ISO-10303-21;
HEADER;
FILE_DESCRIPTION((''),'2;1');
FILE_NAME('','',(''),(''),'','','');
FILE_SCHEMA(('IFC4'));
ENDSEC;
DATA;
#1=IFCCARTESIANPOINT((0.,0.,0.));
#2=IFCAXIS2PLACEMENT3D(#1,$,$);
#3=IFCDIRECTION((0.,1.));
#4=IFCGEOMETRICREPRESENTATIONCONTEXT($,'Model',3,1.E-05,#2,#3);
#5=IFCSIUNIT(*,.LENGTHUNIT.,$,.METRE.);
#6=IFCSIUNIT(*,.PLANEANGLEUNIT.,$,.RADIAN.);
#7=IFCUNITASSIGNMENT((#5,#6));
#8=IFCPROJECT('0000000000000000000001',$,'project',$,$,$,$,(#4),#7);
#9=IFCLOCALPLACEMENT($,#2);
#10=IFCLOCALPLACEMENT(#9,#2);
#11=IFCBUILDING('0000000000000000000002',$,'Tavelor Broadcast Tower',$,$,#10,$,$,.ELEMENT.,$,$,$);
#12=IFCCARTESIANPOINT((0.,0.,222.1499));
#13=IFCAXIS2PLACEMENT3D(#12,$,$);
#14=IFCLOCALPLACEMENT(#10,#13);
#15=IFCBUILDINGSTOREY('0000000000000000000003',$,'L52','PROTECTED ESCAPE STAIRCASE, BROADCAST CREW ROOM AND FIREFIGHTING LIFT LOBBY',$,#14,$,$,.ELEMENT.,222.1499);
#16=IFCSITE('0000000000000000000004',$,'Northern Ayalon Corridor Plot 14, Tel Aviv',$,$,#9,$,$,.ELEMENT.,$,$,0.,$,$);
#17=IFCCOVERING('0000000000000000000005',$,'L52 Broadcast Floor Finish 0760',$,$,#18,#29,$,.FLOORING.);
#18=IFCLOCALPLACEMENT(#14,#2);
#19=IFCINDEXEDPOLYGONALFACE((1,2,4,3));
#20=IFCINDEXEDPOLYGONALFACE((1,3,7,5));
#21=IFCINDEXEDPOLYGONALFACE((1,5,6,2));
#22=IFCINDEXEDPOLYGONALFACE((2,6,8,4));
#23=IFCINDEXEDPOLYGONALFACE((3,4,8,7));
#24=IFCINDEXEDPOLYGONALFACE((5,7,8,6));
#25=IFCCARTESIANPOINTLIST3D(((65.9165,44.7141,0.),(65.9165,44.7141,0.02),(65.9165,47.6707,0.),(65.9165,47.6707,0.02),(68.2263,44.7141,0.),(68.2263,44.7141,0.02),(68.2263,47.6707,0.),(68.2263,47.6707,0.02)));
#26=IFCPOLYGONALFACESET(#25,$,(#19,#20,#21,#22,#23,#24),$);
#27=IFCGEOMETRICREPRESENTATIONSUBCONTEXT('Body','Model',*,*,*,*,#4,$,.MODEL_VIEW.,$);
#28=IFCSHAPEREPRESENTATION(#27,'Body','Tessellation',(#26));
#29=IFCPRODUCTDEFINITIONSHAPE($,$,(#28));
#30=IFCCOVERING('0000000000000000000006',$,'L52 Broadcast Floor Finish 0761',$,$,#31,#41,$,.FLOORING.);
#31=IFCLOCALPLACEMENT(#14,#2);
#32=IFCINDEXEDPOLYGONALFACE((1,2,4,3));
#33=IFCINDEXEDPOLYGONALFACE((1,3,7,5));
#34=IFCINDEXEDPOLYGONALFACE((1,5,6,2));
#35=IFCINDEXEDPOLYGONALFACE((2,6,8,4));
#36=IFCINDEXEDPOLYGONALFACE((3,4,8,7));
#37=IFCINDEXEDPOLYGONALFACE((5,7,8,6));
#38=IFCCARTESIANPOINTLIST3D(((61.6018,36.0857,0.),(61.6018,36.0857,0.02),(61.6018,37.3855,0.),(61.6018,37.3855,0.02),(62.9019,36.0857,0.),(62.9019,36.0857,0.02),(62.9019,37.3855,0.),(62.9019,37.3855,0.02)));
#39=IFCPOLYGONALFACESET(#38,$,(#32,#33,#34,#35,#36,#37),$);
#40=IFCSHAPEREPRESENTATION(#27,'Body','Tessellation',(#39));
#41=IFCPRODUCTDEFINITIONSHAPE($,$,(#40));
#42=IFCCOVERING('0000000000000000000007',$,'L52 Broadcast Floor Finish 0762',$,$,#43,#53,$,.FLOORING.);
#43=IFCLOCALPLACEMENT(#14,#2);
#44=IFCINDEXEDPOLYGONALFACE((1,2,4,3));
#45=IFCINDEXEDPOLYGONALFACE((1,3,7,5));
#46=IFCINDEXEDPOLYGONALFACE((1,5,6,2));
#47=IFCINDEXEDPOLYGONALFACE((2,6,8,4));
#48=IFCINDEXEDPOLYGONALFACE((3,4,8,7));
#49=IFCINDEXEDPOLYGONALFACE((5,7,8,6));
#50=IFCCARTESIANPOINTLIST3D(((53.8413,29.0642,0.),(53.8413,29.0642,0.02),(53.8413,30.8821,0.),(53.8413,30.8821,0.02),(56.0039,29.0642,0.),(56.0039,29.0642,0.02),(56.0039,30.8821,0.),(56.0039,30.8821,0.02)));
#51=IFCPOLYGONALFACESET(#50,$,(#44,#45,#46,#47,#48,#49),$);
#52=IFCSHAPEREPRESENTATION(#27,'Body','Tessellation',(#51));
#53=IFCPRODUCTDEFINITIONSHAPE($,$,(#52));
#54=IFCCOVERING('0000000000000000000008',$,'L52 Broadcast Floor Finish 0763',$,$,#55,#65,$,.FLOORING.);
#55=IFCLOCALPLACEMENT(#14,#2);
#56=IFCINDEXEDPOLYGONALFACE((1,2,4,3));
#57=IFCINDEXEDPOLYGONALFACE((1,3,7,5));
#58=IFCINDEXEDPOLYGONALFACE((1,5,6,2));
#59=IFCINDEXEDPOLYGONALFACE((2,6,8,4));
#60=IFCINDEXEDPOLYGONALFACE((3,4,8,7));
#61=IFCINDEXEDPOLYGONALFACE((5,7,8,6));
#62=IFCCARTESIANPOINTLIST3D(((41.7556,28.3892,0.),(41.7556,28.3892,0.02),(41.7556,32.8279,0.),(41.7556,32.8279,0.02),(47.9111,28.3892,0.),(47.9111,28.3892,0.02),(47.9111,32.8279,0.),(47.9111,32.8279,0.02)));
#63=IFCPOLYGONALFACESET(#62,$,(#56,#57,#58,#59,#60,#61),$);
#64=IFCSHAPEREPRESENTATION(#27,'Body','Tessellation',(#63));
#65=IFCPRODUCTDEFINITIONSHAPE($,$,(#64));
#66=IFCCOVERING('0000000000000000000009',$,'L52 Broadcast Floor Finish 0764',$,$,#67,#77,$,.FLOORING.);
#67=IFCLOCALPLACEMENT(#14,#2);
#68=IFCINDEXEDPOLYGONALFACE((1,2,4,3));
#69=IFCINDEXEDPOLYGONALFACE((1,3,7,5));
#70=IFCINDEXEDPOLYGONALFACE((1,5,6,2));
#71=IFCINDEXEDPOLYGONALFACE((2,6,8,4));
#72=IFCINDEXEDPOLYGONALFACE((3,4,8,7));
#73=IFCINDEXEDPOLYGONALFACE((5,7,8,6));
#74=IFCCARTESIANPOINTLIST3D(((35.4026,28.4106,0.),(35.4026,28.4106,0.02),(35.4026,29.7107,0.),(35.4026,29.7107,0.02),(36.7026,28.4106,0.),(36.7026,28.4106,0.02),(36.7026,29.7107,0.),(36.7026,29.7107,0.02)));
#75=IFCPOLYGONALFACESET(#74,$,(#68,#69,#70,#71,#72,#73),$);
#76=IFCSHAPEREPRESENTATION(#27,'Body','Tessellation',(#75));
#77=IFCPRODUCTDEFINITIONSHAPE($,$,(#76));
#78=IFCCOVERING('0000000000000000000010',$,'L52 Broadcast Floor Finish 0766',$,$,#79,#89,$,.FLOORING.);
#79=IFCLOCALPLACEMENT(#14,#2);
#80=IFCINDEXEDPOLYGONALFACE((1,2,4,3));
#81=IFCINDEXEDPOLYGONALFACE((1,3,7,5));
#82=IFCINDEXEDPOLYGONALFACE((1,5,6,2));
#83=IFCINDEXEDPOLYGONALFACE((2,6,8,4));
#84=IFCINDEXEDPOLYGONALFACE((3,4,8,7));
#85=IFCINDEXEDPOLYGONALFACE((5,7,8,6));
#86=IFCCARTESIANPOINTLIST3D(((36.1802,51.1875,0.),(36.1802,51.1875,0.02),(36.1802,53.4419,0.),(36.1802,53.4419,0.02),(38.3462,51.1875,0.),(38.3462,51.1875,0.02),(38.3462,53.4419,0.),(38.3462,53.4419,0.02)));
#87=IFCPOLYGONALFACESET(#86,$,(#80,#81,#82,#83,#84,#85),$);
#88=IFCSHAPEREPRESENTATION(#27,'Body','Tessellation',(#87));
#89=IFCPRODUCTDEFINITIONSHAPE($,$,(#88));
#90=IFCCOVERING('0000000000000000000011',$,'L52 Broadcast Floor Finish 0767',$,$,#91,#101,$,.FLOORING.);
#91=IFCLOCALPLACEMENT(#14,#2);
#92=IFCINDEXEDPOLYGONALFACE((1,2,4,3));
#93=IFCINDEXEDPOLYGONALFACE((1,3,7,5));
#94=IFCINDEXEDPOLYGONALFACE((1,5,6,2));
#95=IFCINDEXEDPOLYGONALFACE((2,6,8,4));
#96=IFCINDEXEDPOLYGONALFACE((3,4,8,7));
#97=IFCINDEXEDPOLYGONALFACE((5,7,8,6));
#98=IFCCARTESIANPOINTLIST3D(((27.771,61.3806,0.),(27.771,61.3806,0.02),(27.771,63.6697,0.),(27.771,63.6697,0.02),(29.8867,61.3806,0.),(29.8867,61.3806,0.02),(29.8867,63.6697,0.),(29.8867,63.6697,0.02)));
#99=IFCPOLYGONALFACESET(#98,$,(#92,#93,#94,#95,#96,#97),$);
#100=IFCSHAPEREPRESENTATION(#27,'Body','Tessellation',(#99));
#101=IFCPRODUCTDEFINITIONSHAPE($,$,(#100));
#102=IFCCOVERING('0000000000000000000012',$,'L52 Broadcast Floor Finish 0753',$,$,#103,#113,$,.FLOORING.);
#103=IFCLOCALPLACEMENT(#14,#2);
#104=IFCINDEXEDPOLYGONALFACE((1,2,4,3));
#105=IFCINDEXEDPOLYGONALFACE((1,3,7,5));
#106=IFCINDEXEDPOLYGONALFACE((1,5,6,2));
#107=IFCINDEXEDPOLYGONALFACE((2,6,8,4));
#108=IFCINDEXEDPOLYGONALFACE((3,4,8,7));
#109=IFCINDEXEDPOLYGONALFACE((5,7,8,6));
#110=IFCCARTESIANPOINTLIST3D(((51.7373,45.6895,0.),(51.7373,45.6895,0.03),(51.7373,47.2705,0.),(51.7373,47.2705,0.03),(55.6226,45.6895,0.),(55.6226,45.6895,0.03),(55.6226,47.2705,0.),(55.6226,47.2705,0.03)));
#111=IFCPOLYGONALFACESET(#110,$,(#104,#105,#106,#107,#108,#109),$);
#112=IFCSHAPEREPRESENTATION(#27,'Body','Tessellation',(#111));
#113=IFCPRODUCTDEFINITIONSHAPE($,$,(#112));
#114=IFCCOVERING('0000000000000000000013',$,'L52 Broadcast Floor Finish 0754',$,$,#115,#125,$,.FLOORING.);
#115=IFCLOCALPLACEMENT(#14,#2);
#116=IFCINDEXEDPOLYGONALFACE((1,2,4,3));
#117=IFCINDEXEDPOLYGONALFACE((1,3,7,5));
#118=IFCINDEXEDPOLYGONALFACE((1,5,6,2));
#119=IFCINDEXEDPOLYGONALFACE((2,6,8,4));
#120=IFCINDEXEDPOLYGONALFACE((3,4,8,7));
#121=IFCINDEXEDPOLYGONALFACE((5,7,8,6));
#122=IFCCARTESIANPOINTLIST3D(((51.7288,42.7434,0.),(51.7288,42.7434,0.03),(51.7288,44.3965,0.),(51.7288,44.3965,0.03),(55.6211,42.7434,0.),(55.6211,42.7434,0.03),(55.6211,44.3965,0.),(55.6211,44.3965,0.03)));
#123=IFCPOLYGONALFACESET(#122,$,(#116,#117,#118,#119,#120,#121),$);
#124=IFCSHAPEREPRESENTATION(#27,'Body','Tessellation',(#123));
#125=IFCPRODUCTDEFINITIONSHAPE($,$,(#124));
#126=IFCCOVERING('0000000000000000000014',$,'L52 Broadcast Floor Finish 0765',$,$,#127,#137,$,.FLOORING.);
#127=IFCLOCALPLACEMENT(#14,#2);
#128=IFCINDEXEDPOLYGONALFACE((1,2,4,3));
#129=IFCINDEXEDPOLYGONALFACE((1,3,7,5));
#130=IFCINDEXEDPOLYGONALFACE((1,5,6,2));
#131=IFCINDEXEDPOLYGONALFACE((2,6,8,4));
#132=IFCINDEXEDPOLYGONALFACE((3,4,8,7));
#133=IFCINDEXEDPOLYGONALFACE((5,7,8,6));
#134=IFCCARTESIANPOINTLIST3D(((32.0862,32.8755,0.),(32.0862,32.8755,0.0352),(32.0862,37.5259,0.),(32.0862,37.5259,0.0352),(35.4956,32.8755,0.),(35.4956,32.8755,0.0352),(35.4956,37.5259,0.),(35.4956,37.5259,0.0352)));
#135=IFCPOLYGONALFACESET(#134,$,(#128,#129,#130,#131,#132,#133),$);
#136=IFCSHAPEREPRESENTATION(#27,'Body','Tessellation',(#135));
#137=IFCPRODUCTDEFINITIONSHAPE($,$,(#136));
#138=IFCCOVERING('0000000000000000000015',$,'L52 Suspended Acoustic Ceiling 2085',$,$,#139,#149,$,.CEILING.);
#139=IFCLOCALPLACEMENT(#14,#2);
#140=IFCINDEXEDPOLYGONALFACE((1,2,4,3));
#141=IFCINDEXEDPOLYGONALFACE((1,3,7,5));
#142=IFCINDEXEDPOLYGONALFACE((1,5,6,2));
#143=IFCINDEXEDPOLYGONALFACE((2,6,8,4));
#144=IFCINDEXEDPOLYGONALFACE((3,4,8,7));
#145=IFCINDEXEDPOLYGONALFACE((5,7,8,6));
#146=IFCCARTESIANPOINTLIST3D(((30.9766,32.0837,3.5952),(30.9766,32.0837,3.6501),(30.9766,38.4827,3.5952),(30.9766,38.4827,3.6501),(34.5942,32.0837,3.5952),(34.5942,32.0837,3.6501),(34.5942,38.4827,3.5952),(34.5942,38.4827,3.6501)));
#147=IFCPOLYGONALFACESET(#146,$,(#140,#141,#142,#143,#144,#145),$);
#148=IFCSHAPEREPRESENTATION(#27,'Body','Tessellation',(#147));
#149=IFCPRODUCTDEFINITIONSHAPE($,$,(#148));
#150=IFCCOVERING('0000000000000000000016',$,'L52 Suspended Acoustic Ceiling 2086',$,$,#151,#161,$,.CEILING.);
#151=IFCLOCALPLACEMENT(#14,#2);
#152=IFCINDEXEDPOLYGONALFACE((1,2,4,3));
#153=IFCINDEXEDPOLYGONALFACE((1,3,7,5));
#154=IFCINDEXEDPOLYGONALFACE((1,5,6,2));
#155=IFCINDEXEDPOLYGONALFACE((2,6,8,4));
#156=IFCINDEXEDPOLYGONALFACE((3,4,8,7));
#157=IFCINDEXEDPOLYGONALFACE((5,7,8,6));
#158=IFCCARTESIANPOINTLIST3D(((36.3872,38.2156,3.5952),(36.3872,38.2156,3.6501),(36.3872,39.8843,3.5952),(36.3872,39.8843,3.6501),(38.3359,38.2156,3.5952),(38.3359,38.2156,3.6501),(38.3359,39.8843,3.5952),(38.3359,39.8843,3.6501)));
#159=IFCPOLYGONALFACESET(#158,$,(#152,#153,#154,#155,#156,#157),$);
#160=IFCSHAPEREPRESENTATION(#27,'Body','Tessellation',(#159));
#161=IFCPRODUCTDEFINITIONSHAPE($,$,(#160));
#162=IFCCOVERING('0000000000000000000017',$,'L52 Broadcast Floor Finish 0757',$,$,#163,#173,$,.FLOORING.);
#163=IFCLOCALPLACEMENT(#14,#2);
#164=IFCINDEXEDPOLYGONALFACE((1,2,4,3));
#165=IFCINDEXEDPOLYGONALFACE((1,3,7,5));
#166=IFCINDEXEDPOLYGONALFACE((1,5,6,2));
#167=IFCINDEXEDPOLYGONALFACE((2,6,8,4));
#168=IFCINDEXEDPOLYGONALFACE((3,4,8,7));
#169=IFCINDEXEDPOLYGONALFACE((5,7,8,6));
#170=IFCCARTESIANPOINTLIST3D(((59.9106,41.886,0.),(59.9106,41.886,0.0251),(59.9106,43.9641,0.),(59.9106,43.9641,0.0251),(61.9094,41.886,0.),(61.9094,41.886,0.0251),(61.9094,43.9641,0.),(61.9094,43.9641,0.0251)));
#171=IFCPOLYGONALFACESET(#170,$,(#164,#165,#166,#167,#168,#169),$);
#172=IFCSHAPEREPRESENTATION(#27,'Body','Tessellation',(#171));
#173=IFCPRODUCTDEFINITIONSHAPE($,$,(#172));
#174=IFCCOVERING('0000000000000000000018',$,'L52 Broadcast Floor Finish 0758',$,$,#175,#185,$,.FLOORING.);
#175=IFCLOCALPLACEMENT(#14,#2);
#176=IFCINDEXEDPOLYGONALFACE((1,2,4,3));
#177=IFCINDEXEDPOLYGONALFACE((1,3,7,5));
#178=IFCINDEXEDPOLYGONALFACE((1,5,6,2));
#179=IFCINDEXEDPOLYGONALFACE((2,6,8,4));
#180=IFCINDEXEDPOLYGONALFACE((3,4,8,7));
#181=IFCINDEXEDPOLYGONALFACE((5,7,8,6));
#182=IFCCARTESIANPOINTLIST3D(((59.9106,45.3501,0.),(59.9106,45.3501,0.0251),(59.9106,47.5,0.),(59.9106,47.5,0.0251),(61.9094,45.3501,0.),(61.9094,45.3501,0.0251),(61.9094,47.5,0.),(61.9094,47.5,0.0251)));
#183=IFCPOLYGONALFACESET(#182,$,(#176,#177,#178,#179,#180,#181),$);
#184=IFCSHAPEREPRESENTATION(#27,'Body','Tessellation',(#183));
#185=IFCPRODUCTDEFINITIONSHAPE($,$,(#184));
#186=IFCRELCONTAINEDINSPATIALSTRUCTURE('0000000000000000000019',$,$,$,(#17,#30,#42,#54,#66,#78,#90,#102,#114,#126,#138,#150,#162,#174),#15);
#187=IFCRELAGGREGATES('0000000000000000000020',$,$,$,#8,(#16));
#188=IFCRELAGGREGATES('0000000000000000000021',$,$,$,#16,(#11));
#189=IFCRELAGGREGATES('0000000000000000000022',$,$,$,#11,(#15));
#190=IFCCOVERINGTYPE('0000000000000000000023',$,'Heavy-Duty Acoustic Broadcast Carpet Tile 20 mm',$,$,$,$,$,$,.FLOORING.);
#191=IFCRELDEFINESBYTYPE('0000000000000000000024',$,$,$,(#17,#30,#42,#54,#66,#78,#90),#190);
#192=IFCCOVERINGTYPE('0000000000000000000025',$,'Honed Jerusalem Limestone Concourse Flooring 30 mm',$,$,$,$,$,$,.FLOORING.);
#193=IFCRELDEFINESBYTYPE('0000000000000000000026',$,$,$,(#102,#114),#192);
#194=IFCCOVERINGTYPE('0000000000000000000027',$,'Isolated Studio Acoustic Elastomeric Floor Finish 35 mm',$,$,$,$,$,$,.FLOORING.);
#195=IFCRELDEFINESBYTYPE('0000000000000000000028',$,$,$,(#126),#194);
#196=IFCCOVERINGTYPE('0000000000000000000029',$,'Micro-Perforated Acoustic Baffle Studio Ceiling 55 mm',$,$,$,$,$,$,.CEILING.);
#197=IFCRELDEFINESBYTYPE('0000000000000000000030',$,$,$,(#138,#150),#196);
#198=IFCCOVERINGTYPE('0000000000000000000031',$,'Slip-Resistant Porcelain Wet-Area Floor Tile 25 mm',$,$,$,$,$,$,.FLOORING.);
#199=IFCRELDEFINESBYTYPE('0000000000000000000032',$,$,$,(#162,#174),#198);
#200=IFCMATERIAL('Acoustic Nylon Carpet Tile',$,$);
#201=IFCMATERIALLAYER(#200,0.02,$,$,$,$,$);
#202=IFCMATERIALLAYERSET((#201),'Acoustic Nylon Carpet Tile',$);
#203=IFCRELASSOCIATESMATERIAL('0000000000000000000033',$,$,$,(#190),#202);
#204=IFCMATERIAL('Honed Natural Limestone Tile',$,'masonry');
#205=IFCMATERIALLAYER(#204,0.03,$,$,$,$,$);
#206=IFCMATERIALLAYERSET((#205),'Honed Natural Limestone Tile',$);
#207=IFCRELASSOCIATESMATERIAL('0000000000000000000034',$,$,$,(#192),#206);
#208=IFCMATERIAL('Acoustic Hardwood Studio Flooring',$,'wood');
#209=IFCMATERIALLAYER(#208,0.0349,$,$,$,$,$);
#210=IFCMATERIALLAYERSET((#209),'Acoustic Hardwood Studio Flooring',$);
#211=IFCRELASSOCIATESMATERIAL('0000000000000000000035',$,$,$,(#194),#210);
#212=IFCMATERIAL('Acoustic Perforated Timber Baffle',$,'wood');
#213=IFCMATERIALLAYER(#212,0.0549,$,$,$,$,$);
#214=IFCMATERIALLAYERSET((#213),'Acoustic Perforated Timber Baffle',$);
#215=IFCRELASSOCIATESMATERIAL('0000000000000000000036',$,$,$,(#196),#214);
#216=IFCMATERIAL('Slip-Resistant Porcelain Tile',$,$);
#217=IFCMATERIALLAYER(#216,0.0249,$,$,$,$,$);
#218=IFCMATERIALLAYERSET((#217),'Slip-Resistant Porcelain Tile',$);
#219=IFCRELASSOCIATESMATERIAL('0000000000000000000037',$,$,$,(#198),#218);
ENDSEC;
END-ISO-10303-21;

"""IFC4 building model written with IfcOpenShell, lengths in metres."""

from ifc_helpers import new_model, si_unit, direction, frame, origin, place, context, subcontext, project, spatial, polyline, outline, extrude, material, layer, layer_set, type_object, element, save


model = new_model("IFC4")

# Units and contexts
model_context = context("Model", 3, precision=1e-05, world=origin(), true_north=direction((0.0, 1.0)))
body_context = subcontext(model_context, "Body", "Model", "MODEL_VIEW")
ifc_project = project(units=[si_unit("LENGTHUNIT", "METRE"), si_unit("PLANEANGLEUNIT", "RADIAN")], contexts=[model_context])

# Site, building, storey
site_placement = place(None, origin())
site = spatial("IfcSite", under=ifc_project, at=site_placement, Name="Northern Ayalon Corridor Plot 14, Tel Aviv", CompositionType="ELEMENT", RefElevation=0.0)
building_placement = place(site_placement, origin())
building = spatial("IfcBuilding", under=site, at=building_placement, Name="Tavelor Broadcast Tower", CompositionType="ELEMENT")
storey_placement = place(building_placement, frame((0.0, 0.0, 222.1499)))
storey = spatial("IfcBuildingStorey", under=building, at=storey_placement, Name="L52", Description="PROTECTED ESCAPE STAIRCASE, BROADCAST CREW ROOM AND FIREFIGHTING LIFT LOBBY", CompositionType="ELEMENT", Elevation=222.1499)

# Coverings
ifc_material_1 = material(Name="Acoustic Nylon Carpet Tile")
ifc_layer_1 = layer(ifc_material_1, 0.02)
ifc_layer_set_1 = layer_set([ifc_layer_1], Name="Acoustic Nylon Carpet Tile")
covering_type_1 = type_object("IfcCoveringType", Name="Heavy-Duty Acoustic Broadcast Carpet Tile 20 mm", PredefinedType="FLOORING", material=ifc_layer_set_1)
covering_1_placement = place(storey_placement, origin())
element("IfcCovering", 1, at=covering_1_placement, inside=storey, type_object=covering_type_1, Name="L52 Broadcast Floor Finish 0760", PredefinedType="FLOORING", context=body_context, shape_type="SweptSolid", body=[
    extrude(outline(polyline([(65.9165, 44.7141), (68.2263, 44.7141), (68.2263, 47.6707), (65.9165, 47.6707), (65.9165, 44.7141)])), origin(), (0.0, 0.0, 1.0), 0.02),
])
covering_2_placement = place(storey_placement, origin())
element("IfcCovering", 2, at=covering_2_placement, inside=storey, type_object=covering_type_1, Name="L52 Broadcast Floor Finish 0761", PredefinedType="FLOORING", context=body_context, shape_type="SweptSolid", body=[
    extrude(outline(polyline([(61.6018, 36.0857), (62.9019, 36.0857), (62.9019, 37.3855), (61.6018, 37.3855), (61.6018, 36.0857)])), origin(), (0.0, 0.0, 1.0), 0.02),
])
covering_3_placement = place(storey_placement, origin())
element("IfcCovering", 3, at=covering_3_placement, inside=storey, type_object=covering_type_1, Name="L52 Broadcast Floor Finish 0762", PredefinedType="FLOORING", context=body_context, shape_type="SweptSolid", body=[
    extrude(outline(polyline([(53.8413, 29.0642), (56.0039, 29.0642), (56.0039, 30.8821), (53.8413, 30.8821), (53.8413, 29.0642)])), origin(), (0.0, 0.0, 1.0), 0.02),
])
covering_4_placement = place(storey_placement, origin())
element("IfcCovering", 4, at=covering_4_placement, inside=storey, type_object=covering_type_1, Name="L52 Broadcast Floor Finish 0763", PredefinedType="FLOORING", context=body_context, shape_type="SweptSolid", body=[
    extrude(outline(polyline([(41.7556, 28.3892), (47.9111, 28.3892), (47.9111, 32.8279), (41.7556, 32.8279), (41.7556, 28.3892)])), origin(), (0.0, 0.0, 1.0), 0.02),
])
covering_5_placement = place(storey_placement, origin())
element("IfcCovering", 5, at=covering_5_placement, inside=storey, type_object=covering_type_1, Name="L52 Broadcast Floor Finish 0764", PredefinedType="FLOORING", context=body_context, shape_type="SweptSolid", body=[
    extrude(outline(polyline([(35.4026, 28.4106), (36.7026, 28.4106), (36.7026, 29.7107), (35.4026, 29.7107), (35.4026, 28.4106)])), origin(), (0.0, 0.0, 1.0), 0.02),
])
covering_6_placement = place(storey_placement, origin())
element("IfcCovering", 6, at=covering_6_placement, inside=storey, type_object=covering_type_1, Name="L52 Broadcast Floor Finish 0766", PredefinedType="FLOORING", context=body_context, shape_type="SweptSolid", body=[
    extrude(outline(polyline([(36.1802, 51.1875), (38.3462, 51.1875), (38.3462, 53.4419), (36.1802, 53.4419), (36.1802, 51.1875)])), origin(), (0.0, 0.0, 1.0), 0.02),
])
covering_7_placement = place(storey_placement, origin())
element("IfcCovering", 7, at=covering_7_placement, inside=storey, type_object=covering_type_1, Name="L52 Broadcast Floor Finish 0767", PredefinedType="FLOORING", context=body_context, shape_type="SweptSolid", body=[
    extrude(outline(polyline([(27.771, 61.3806), (29.8867, 61.3806), (29.8867, 63.6697), (27.771, 63.6697), (27.771, 61.3806)])), origin(), (0.0, 0.0, 1.0), 0.02),
])
ifc_material_2 = material(Name="Honed Natural Limestone Tile", Category="masonry")
ifc_layer_2 = layer(ifc_material_2, 0.03)
ifc_layer_set_2 = layer_set([ifc_layer_2], Name="Honed Natural Limestone Tile")
covering_type_2 = type_object("IfcCoveringType", Name="Honed Jerusalem Limestone Concourse Flooring 30 mm", PredefinedType="FLOORING", material=ifc_layer_set_2)
covering_8_placement = place(storey_placement, origin())
element("IfcCovering", 8, at=covering_8_placement, inside=storey, type_object=covering_type_2, Name="L52 Broadcast Floor Finish 0753", PredefinedType="FLOORING", context=body_context, shape_type="SweptSolid", body=[
    extrude(outline(polyline([(51.7373, 45.6895), (55.6226, 45.6895), (55.6226, 47.2705), (51.7373, 47.2705), (51.7373, 45.6895)])), origin(), (0.0, 0.0, 1.0), 0.03),
])
covering_9_placement = place(storey_placement, origin())
element("IfcCovering", 9, at=covering_9_placement, inside=storey, type_object=covering_type_2, Name="L52 Broadcast Floor Finish 0754", PredefinedType="FLOORING", context=body_context, shape_type="SweptSolid", body=[
    extrude(outline(polyline([(51.7288, 42.7434), (55.6211, 42.7434), (55.6211, 44.3965), (51.7288, 44.3965), (51.7288, 42.7434)])), origin(), (0.0, 0.0, 1.0), 0.03),
])
ifc_material_3 = material(Name="Acoustic Hardwood Studio Flooring", Category="wood")
ifc_layer_3 = layer(ifc_material_3, 0.0349)
ifc_layer_set_3 = layer_set([ifc_layer_3], Name="Acoustic Hardwood Studio Flooring")
covering_type_3 = type_object("IfcCoveringType", Name="Isolated Studio Acoustic Elastomeric Floor Finish 35 mm", PredefinedType="FLOORING", material=ifc_layer_set_3)
covering_10_placement = place(storey_placement, origin())
element("IfcCovering", 10, at=covering_10_placement, inside=storey, type_object=covering_type_3, Name="L52 Broadcast Floor Finish 0765", PredefinedType="FLOORING", context=body_context, shape_type="SweptSolid", body=[
    extrude(outline(polyline([(32.0862, 32.8755), (35.4956, 32.8755), (35.4956, 37.5259), (32.0862, 37.5259), (32.0862, 32.8755)])), origin(), (0.0, 0.0, 1.0), 0.0352),
])
ifc_material_4 = material(Name="Acoustic Perforated Timber Baffle", Category="wood")
ifc_layer_4 = layer(ifc_material_4, 0.0549)
ifc_layer_set_4 = layer_set([ifc_layer_4], Name="Acoustic Perforated Timber Baffle")
covering_type_4 = type_object("IfcCoveringType", Name="Micro-Perforated Acoustic Baffle Studio Ceiling 55 mm", PredefinedType="CEILING", material=ifc_layer_set_4)
covering_11_placement = place(storey_placement, frame((0.0, 0.0, 3.5952)))
element("IfcCovering", 11, at=covering_11_placement, inside=storey, type_object=covering_type_4, Name="L52 Suspended Acoustic Ceiling 2085", PredefinedType="CEILING", context=body_context, shape_type="SweptSolid", body=[
    extrude(outline(polyline([(30.9766, 32.0837), (34.5942, 32.0837), (34.5942, 38.4827), (30.9766, 38.4827), (30.9766, 32.0837)])), origin(), (0.0, 0.0, 1.0), 0.0549),
])
covering_12_placement = place(storey_placement, frame((0.0, 0.0, 3.5952)))
element("IfcCovering", 12, at=covering_12_placement, inside=storey, type_object=covering_type_4, Name="L52 Suspended Acoustic Ceiling 2086", PredefinedType="CEILING", context=body_context, shape_type="SweptSolid", body=[
    extrude(outline(polyline([(36.3872, 38.2156), (38.3359, 38.2156), (38.3359, 39.8843), (36.3872, 39.8843), (36.3872, 38.2156)])), origin(), (0.0, 0.0, 1.0), 0.0549),
])
ifc_material_5 = material(Name="Slip-Resistant Porcelain Tile")
ifc_layer_5 = layer(ifc_material_5, 0.0249)
ifc_layer_set_5 = layer_set([ifc_layer_5], Name="Slip-Resistant Porcelain Tile")
covering_type_5 = type_object("IfcCoveringType", Name="Slip-Resistant Porcelain Wet-Area Floor Tile 25 mm", PredefinedType="FLOORING", material=ifc_layer_set_5)
covering_13_placement = place(storey_placement, origin())
element("IfcCovering", 13, at=covering_13_placement, inside=storey, type_object=covering_type_5, Name="L52 Broadcast Floor Finish 0757", PredefinedType="FLOORING", context=body_context, shape_type="SweptSolid", body=[
    extrude(outline(polyline([(59.9106, 41.886), (61.9094, 41.886), (61.9094, 43.9641), (59.9106, 43.9641), (59.9106, 41.886)])), origin(), (0.0, 0.0, 1.0), 0.0251),
])
covering_14_placement = place(storey_placement, origin())
element("IfcCovering", 14, at=covering_14_placement, inside=storey, type_object=covering_type_5, Name="L52 Broadcast Floor Finish 0758", PredefinedType="FLOORING", context=body_context, shape_type="SweptSolid", body=[
    extrude(outline(polyline([(59.9106, 45.3501), (61.9094, 45.3501), (61.9094, 47.5), (59.9106, 47.5), (59.9106, 45.3501)])), origin(), (0.0, 0.0, 1.0), 0.0251),
])

save(model, "model.ifc")
